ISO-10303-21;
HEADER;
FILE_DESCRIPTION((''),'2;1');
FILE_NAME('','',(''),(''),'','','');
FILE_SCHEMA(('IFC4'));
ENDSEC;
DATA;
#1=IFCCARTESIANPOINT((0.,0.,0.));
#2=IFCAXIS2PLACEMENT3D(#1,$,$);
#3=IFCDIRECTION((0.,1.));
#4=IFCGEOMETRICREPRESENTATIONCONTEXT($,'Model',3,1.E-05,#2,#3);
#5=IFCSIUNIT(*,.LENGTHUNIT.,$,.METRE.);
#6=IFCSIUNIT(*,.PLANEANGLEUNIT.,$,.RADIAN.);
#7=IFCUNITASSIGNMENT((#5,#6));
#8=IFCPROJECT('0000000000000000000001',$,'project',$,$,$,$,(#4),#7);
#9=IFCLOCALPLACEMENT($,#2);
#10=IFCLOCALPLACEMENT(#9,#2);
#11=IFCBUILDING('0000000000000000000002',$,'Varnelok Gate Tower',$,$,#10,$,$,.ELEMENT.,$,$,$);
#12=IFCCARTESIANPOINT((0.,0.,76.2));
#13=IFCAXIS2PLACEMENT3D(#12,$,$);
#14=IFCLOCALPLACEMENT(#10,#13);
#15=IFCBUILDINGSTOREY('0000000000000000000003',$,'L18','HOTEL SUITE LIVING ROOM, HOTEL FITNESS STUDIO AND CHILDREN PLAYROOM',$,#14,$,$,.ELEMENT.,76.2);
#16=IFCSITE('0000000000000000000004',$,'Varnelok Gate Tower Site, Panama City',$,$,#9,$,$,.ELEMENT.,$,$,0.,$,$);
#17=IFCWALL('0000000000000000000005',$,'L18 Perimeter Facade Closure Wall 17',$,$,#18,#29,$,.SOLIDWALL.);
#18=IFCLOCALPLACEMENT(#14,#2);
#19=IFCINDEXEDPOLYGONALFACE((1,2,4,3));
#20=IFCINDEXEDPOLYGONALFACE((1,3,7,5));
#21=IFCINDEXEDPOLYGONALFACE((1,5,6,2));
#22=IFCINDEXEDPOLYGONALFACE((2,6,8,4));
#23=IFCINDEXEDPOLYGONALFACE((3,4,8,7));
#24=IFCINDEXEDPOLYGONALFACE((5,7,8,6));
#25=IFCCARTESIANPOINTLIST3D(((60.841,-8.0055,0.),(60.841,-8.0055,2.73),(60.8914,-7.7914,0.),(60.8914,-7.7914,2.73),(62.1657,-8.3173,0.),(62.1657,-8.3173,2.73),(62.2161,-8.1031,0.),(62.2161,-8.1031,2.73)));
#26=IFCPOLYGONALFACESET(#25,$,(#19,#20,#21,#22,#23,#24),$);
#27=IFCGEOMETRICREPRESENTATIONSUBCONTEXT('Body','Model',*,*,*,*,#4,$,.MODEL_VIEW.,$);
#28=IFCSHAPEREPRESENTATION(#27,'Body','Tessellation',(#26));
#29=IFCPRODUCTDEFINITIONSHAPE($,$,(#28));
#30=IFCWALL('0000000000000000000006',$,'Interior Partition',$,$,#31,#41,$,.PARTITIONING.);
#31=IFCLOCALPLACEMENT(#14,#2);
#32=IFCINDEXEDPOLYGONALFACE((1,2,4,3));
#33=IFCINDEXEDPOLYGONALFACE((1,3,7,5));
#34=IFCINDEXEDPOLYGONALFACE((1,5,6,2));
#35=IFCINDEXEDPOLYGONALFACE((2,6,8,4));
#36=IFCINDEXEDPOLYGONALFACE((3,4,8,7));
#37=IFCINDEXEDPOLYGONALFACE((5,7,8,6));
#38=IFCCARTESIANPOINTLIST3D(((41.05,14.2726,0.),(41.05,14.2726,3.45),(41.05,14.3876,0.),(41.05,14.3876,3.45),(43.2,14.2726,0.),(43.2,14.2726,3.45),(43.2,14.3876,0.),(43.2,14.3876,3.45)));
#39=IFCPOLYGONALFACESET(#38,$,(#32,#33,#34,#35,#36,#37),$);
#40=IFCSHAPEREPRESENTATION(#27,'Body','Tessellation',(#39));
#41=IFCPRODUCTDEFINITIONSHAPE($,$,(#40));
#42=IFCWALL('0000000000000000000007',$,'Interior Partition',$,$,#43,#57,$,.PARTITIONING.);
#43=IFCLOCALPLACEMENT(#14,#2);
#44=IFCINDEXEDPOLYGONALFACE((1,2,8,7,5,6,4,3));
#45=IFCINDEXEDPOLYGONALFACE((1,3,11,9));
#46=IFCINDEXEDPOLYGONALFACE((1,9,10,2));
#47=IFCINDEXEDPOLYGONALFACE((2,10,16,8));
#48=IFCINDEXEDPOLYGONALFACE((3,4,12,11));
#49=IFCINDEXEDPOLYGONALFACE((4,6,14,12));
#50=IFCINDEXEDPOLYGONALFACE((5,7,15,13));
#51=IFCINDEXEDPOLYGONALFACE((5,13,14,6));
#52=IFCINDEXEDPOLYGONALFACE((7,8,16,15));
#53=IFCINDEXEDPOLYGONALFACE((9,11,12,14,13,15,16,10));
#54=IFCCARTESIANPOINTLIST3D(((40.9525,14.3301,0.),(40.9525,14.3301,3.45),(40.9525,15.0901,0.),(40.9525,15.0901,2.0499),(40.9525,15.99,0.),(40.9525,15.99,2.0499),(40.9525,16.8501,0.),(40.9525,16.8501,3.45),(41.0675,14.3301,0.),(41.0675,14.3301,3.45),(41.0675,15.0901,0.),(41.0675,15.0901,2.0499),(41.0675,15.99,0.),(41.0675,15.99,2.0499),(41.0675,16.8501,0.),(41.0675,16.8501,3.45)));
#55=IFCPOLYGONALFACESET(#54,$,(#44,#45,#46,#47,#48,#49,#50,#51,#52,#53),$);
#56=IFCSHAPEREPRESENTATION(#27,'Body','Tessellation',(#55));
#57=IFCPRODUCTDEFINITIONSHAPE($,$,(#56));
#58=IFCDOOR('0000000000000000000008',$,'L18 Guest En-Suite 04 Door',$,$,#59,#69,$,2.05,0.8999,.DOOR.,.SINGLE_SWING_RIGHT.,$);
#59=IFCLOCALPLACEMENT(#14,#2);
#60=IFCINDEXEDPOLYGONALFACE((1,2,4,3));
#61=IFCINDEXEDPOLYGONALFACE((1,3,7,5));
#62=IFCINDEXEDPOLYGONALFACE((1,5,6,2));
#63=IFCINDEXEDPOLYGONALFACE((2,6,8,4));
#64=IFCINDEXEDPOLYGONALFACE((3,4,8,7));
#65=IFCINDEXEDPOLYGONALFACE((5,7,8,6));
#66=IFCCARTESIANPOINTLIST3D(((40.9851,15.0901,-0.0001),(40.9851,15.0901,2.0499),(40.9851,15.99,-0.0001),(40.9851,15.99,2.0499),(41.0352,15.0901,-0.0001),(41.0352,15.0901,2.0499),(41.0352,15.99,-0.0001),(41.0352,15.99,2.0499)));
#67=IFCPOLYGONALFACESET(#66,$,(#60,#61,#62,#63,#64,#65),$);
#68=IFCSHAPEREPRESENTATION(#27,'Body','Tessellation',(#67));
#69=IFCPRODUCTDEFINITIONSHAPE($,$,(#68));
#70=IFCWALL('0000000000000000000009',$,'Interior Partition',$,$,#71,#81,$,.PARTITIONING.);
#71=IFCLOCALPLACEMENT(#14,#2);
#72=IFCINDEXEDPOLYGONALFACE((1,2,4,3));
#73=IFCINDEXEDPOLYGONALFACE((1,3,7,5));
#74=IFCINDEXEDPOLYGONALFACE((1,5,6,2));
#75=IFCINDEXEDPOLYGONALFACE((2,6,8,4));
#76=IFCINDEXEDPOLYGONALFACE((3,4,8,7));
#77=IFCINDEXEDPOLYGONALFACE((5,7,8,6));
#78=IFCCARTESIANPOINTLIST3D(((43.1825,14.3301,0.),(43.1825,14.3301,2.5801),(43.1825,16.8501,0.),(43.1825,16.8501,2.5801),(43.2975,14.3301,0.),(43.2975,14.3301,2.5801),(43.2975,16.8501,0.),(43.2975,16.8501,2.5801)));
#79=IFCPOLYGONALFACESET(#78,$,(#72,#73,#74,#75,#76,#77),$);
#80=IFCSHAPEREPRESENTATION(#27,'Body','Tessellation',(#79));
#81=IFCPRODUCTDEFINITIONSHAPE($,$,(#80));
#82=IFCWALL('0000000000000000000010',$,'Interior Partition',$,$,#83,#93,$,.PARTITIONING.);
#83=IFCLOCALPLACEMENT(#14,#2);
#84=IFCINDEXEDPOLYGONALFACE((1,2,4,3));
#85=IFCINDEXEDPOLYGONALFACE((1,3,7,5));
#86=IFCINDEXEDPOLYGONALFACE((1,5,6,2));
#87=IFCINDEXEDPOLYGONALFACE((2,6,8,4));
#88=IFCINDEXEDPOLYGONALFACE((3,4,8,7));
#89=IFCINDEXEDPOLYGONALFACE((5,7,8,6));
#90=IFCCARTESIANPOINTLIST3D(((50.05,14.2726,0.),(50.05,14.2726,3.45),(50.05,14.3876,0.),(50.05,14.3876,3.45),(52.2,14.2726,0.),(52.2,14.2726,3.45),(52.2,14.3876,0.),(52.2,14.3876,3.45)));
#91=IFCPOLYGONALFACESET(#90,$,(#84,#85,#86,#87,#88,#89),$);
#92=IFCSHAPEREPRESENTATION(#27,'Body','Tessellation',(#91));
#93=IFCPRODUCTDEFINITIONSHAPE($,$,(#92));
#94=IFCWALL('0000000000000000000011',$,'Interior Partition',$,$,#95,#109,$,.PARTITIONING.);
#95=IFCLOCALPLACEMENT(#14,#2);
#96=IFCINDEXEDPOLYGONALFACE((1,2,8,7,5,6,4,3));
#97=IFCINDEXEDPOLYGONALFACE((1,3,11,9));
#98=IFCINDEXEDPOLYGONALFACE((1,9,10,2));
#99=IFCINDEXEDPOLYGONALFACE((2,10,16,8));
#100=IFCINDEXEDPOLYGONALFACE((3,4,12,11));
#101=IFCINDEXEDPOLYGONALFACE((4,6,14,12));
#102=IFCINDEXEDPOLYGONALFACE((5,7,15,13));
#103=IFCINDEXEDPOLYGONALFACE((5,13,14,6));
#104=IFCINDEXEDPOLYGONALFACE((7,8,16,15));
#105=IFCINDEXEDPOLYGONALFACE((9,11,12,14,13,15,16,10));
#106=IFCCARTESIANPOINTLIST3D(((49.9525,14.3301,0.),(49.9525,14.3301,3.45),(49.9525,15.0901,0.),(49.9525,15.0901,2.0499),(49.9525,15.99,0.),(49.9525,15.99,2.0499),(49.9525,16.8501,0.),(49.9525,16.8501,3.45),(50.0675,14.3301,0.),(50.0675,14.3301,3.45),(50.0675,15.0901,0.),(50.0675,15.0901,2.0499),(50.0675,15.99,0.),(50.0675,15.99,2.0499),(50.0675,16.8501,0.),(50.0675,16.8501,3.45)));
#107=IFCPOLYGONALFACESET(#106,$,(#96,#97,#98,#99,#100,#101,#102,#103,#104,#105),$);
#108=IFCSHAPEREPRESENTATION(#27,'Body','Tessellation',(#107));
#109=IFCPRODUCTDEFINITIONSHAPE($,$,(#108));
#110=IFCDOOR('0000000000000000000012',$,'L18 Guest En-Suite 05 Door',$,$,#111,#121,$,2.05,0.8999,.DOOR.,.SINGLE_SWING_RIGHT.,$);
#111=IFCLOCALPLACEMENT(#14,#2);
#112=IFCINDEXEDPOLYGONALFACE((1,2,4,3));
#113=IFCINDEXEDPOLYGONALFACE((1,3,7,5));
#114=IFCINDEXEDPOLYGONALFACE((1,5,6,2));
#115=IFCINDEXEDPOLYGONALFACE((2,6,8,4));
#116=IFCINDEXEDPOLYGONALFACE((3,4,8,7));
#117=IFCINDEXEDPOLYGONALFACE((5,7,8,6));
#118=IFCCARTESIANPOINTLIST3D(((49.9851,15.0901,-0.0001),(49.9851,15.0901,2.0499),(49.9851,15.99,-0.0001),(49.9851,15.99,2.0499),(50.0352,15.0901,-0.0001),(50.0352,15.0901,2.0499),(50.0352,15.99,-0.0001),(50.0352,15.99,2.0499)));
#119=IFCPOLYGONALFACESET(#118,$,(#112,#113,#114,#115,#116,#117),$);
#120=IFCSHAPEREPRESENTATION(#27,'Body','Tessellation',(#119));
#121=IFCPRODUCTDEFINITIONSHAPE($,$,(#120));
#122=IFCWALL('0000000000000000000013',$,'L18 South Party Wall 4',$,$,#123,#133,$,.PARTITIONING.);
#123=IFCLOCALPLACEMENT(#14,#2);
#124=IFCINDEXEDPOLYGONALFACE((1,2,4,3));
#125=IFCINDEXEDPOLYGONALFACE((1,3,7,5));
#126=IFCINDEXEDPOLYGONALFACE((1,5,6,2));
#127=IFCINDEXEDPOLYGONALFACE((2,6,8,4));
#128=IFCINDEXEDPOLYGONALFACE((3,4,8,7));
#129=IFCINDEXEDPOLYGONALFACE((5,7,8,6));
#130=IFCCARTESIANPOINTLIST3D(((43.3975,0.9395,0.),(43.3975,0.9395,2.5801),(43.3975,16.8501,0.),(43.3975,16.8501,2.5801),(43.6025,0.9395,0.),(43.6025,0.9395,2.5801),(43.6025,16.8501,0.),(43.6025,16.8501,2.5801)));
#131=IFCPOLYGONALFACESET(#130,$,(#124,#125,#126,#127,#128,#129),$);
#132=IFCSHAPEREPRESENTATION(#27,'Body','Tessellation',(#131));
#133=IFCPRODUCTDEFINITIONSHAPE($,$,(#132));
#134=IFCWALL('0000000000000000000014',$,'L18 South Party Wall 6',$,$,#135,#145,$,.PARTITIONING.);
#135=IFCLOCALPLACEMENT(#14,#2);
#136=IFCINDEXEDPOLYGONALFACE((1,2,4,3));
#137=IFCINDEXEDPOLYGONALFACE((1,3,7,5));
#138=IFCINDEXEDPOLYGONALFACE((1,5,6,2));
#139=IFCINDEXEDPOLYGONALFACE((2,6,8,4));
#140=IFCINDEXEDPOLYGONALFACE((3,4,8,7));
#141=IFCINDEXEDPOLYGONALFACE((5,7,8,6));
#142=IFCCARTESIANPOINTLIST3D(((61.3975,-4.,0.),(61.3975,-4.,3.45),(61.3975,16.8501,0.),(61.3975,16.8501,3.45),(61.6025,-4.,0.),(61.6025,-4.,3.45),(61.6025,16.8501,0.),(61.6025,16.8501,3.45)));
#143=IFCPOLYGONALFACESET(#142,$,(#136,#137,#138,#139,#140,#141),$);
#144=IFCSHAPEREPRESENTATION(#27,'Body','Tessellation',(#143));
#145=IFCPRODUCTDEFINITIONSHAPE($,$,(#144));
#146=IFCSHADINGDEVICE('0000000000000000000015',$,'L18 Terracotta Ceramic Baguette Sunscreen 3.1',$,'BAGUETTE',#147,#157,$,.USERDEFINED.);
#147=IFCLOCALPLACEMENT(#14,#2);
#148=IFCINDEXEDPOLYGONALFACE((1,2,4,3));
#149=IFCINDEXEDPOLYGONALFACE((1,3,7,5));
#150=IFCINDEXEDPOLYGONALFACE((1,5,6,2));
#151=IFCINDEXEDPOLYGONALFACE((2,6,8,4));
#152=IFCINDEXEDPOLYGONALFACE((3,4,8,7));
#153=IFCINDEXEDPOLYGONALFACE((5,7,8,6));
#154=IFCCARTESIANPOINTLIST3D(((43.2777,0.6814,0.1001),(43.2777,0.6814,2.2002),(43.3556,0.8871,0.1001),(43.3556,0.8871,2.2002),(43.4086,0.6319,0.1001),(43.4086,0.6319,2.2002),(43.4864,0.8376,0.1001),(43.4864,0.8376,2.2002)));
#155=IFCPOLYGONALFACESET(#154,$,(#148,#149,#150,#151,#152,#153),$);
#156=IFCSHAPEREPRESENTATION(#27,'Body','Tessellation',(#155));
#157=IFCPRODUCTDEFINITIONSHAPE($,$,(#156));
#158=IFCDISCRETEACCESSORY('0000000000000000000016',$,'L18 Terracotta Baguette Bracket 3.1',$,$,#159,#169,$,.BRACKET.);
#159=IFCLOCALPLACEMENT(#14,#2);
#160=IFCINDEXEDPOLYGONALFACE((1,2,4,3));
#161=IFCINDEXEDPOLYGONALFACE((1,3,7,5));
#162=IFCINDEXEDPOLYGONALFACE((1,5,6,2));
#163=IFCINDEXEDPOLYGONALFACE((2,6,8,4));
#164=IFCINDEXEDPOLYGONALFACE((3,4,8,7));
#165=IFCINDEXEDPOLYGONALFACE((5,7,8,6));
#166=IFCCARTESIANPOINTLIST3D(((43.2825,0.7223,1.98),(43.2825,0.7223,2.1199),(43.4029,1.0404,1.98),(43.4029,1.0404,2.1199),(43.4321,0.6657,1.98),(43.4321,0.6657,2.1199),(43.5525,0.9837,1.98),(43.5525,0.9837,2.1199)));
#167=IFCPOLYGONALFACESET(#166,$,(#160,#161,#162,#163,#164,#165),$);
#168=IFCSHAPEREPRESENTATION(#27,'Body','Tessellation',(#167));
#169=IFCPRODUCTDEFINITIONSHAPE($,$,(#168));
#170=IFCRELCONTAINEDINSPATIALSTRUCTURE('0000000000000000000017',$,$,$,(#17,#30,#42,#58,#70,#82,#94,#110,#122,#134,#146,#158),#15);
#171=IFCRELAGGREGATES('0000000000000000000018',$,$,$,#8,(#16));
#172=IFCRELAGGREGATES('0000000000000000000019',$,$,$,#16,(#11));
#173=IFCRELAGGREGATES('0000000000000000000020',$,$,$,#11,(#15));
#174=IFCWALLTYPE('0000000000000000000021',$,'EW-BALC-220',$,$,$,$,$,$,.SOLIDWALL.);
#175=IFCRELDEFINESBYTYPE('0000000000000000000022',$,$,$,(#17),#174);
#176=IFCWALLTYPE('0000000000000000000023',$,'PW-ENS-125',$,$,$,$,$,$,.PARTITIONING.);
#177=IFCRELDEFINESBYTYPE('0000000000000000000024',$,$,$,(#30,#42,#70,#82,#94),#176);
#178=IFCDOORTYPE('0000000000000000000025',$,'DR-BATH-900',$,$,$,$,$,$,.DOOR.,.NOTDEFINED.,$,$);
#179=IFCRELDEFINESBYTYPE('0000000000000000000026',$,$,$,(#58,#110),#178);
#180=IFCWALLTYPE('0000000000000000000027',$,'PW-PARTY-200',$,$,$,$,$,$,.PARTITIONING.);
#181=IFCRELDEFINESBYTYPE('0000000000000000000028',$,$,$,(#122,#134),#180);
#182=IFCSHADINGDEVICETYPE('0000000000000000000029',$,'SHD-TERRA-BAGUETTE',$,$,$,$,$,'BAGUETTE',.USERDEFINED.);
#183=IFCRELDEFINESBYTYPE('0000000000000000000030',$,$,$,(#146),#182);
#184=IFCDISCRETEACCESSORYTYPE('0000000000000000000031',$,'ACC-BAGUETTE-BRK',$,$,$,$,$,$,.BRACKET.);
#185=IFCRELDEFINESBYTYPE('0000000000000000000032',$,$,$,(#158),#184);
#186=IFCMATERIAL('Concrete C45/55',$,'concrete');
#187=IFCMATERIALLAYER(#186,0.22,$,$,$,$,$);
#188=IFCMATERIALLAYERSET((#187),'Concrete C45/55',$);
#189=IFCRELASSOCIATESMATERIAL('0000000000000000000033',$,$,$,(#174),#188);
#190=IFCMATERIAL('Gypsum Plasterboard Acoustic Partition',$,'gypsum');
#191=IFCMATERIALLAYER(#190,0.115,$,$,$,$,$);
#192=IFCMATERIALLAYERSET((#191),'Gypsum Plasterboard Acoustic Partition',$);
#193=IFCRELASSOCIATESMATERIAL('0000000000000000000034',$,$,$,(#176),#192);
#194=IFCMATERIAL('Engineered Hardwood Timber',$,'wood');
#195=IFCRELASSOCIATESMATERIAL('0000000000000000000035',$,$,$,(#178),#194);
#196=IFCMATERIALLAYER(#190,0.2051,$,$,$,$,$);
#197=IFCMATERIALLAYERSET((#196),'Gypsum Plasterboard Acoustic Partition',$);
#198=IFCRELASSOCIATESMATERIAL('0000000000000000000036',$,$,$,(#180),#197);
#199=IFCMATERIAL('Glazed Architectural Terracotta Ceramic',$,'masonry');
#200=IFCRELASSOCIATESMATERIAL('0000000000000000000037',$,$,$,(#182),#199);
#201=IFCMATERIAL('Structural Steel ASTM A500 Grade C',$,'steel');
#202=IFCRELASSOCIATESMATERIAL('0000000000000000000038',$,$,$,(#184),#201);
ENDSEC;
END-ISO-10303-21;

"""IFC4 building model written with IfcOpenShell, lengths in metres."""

from ifc_helpers import new_model, si_unit, direction, frame, frame_2d, origin, origin_2d, place, context, subcontext, project, spatial, rectangle, extrude, source, transform, mapped, material, layer, layer_set, type_object, element, fill, save


model = new_model("IFC4")

# Units and contexts
model_context = context("Model", 3, precision=1e-05, world=origin(), true_north=direction((0.0, 1.0)))
body_context = subcontext(model_context, "Body", "Model", "MODEL_VIEW")
ifc_project = project(units=[si_unit("LENGTHUNIT", "METRE"), si_unit("PLANEANGLEUNIT", "RADIAN")], contexts=[model_context])

# Site, building, storey
site_placement = place(None, origin())
site = spatial("IfcSite", under=ifc_project, at=site_placement, Name="Varnelok Gate Tower Site, Panama City", CompositionType="ELEMENT", RefElevation=0.0)
building_placement = place(site_placement, origin())
building = spatial("IfcBuilding", under=site, at=building_placement, Name="Varnelok Gate Tower", CompositionType="ELEMENT")
storey_placement = place(building_placement, frame((0.0, 0.0, 76.2)))
storey = spatial("IfcBuildingStorey", under=building, at=storey_placement, Name="L18", Description="HOTEL SUITE LIVING ROOM, HOTEL FITNESS STUDIO AND CHILDREN PLAYROOM", CompositionType="ELEMENT", Elevation=76.2)

# Shared definitions
ifc_material_1 = material(Name="Concrete C45/55", Category="concrete")
ifc_layer_1 = layer(ifc_material_1, 0.22)
ifc_layer_set_1 = layer_set([ifc_layer_1], Name="Concrete C45/55")
wall_type_1 = type_object("IfcWallType", Name="EW-BALC-220", PredefinedType="SOLIDWALL", material=ifc_layer_set_1)

# Walls
wall_1_placement = place(storey_placement, frame((60.8662, -7.8984, 0.0), z_axis=(0.0, 0.0, 1.0), x_axis=(0.973405, -0.229089, 0.0)))
element("IfcWall", 1, at=wall_1_placement, inside=storey, type_object=wall_type_1, Name="L18 Perimeter Facade Closure Wall 17", PredefinedType="SOLIDWALL", context=body_context, shape_type="SweptSolid", body=[
    extrude(rectangle(XDim=1.3608, YDim=0.22, at=frame_2d((0.6804, 0.0))), origin(), (0.0, 0.0, 1.0), 2.73),
])
ifc_material_2 = material(Name="Gypsum Plasterboard Acoustic Partition", Category="gypsum")
ifc_layer_2 = layer(ifc_material_2, 0.115)
ifc_layer_set_2 = layer_set([ifc_layer_2], Name="Gypsum Plasterboard Acoustic Partition")
wall_type_2 = type_object("IfcWallType", Name="PW-ENS-125", PredefinedType="PARTITIONING", material=ifc_layer_set_2)
wall_2_placement = place(storey_placement, frame((41.05, 14.3301, 0.0), z_axis=(0.0, 0.0, 1.0), x_axis=(1.0, 0.0, 0.0)))
element("IfcWall", 2, at=wall_2_placement, inside=storey, type_object=wall_type_2, Name="Interior Partition", PredefinedType="PARTITIONING", context=body_context, shape_type="SweptSolid", body=[
    extrude(rectangle(XDim=2.1499, YDim=0.115, at=frame_2d((1.075, 0.0))), origin(), (0.0, 0.0, 1.0), 3.45),
])

# Wall, opening, door
wall_3_placement = place(storey_placement, frame((41.01, 14.3301, 0.0), z_axis=(0.0, 0.0, 1.0), x_axis=(0.0, 1.0, 0.0)))
wall_3 = element("IfcWall", 3, at=wall_3_placement, inside=storey, type_object=wall_type_2, Name="Interior Partition", PredefinedType="PARTITIONING", context=body_context, shape_type="SweptSolid", body=[
    extrude(rectangle(XDim=2.52, YDim=0.115, at=frame_2d((1.26, 0.0))), origin(), (0.0, 0.0, 1.0), 3.45),
])
opening_1_placement = place(wall_3_placement, frame((0.76, 0.0, 0.0)))
opening_1 = element("IfcOpeningElement", 4, at=opening_1_placement, cuts=wall_3, PredefinedType="OPENING", context=body_context, shape_type="SweptSolid", body=[
    extrude(rectangle(XDim=0.8999, YDim=2.05, at=frame_2d((0.45, 1.0249))), frame((0.0, 0.0674, 0.0), z_axis=(0.0, -1.0, 0.0), x_axis=(1.0, 0.0, 0.0)), (0.0, 0.0, 1.0), 0.135),
])
ifc_material_3 = material(Name="Engineered Hardwood Timber", Category="wood")
door_type_1 = type_object("IfcDoorType", Name="DR-BATH-900", OperationType="NOTDEFINED", PredefinedType="DOOR", material=ifc_material_3)
door_1_placement = place(opening_1_placement, origin())
door_1 = element("IfcDoor", 5, at=door_1_placement, inside=storey, type_object=door_type_1, Name="L18 Guest En-Suite 04 Door", OperationType="SINGLE_SWING_RIGHT", OverallHeight=2.05, OverallWidth=0.8999, PredefinedType="DOOR", context=body_context, shape_type="SweptSolid", body=[
    extrude(rectangle(XDim=0.8999, YDim=2.05, at=frame_2d((0.45, 1.0249))), frame((0.0, 0.0249, 0.0), z_axis=(0.0, -1.0, 0.0), x_axis=(1.0, 0.0, 0.0)), (0.0, 0.0, 1.0), 0.05),
])
fill(opening_1, door_1)

# Walls
wall_4_placement = place(storey_placement, frame((43.24, 14.3301, 0.0), z_axis=(0.0, 0.0, 1.0), x_axis=(0.0, 1.0, 0.0)))
element("IfcWall", 6, at=wall_4_placement, inside=storey, type_object=wall_type_2, Name="Interior Partition", PredefinedType="PARTITIONING", context=body_context, shape_type="SweptSolid", body=[
    extrude(rectangle(XDim=2.52, YDim=0.115, at=frame_2d((1.26, 0.0))), origin(), (0.0, 0.0, 1.0), 2.5801),
])
wall_5_placement = place(storey_placement, frame((50.05, 14.3301, 0.0), z_axis=(0.0, 0.0, 1.0), x_axis=(1.0, 0.0, 0.0)))
element("IfcWall", 7, at=wall_5_placement, inside=storey, type_object=wall_type_2, Name="Interior Partition", PredefinedType="PARTITIONING", context=body_context, shape_type="SweptSolid", body=[
    extrude(rectangle(XDim=2.1499, YDim=0.115, at=frame_2d((1.075, 0.0))), origin(), (0.0, 0.0, 1.0), 3.45),
])

# Wall, opening, door
wall_6_placement = place(storey_placement, frame((50.01, 14.3301, 0.0), z_axis=(0.0, 0.0, 1.0), x_axis=(0.0, 1.0, 0.0)))
wall_6 = element("IfcWall", 8, at=wall_6_placement, inside=storey, type_object=wall_type_2, Name="Interior Partition", PredefinedType="PARTITIONING", context=body_context, shape_type="SweptSolid", body=[
    extrude(rectangle(XDim=2.52, YDim=0.115, at=frame_2d((1.26, 0.0))), origin(), (0.0, 0.0, 1.0), 3.45),
])
opening_2_placement = place(wall_6_placement, frame((0.76, 0.0, 0.0)))
opening_2 = element("IfcOpeningElement", 9, at=opening_2_placement, cuts=wall_6, PredefinedType="OPENING", context=body_context, shape_type="SweptSolid", body=[
    extrude(rectangle(XDim=0.8999, YDim=2.05, at=frame_2d((0.45, 1.0249))), frame((0.0, 0.0674, 0.0), z_axis=(0.0, -1.0, 0.0), x_axis=(1.0, 0.0, 0.0)), (0.0, 0.0, 1.0), 0.135),
])
door_2_placement = place(opening_2_placement, origin())
door_2 = element("IfcDoor", 10, at=door_2_placement, inside=storey, type_object=door_type_1, Name="L18 Guest En-Suite 05 Door", OperationType="SINGLE_SWING_RIGHT", OverallHeight=2.05, OverallWidth=0.8999, PredefinedType="DOOR", context=body_context, shape_type="SweptSolid", body=[
    extrude(rectangle(XDim=0.8999, YDim=2.05, at=frame_2d((0.45, 1.0249))), frame((0.0, 0.0249, 0.0), z_axis=(0.0, -1.0, 0.0), x_axis=(1.0, 0.0, 0.0)), (0.0, 0.0, 1.0), 0.05),
])
fill(opening_2, door_2)

# Walls
ifc_layer_3 = layer(ifc_material_2, 0.2051)
ifc_layer_set_3 = layer_set([ifc_layer_3], Name="Gypsum Plasterboard Acoustic Partition")
wall_type_3 = type_object("IfcWallType", Name="PW-PARTY-200", PredefinedType="PARTITIONING", material=ifc_layer_set_3)
wall_7_placement = place(storey_placement, frame((43.5, 0.9395, 0.0), z_axis=(0.0, 0.0, 1.0), x_axis=(0.0, 1.0, 0.0)))
element("IfcWall", 11, at=wall_7_placement, inside=storey, type_object=wall_type_3, Name="L18 South Party Wall 4", PredefinedType="PARTITIONING", context=body_context, shape_type="SweptSolid", body=[
    extrude(rectangle(XDim=15.9106, YDim=0.2051, at=frame_2d((7.9553, 0.0))), origin(), (0.0, 0.0, 1.0), 2.5801),
])
wall_8_placement = place(storey_placement, frame((61.5, -4.0, 0.0), z_axis=(0.0, 0.0, 1.0), x_axis=(0.0, 1.0, 0.0)))
element("IfcWall", 12, at=wall_8_placement, inside=storey, type_object=wall_type_3, Name="L18 South Party Wall 6", PredefinedType="PARTITIONING", context=body_context, shape_type="SweptSolid", body=[
    extrude(rectangle(XDim=20.8501, YDim=0.2051, at=frame_2d((10.425, 0.0))), origin(), (0.0, 0.0, 1.0), 3.45),
])

# Shading device
ifc_material_4 = material(Name="Glazed Architectural Terracotta Ceramic", Category="masonry")
shading_device_type = type_object("IfcShadingDeviceType", Name="SHD-TERRA-BAGUETTE", ElementType="BAGUETTE", PredefinedType="USERDEFINED", material=ifc_material_4)
shared_shape_1 = source(origin(), body_context, "Body", "SweptSolid", [
    extrude(rectangle(XDim=0.1399, YDim=0.22, at=origin_2d()), origin(), (0.0, 0.0, 1.0), 2.1001),
])
shading_device_placement = place(storey_placement, frame((43.3821, 0.7595, 0.1001), z_axis=(0.0, 0.0, 1.0), x_axis=(0.935222, -0.354063, 0.0)))
element("IfcShadingDevice", 13, at=shading_device_placement, inside=storey, type_object=shading_device_type, Name="L18 Terracotta Ceramic Baguette Sunscreen 3.1", ObjectType="BAGUETTE", PredefinedType="USERDEFINED", context=body_context, shape_type="MappedRepresentation", body=[
    mapped(shared_shape_1, transform((0.0, 0.0, 0.0), scale=1.0)),
])

# Discrete accessory
ifc_material_5 = material(Name="Structural Steel ASTM A500 Grade C", Category="steel")
discrete_accessory_type = type_object("IfcDiscreteAccessoryType", Name="ACC-BAGUETTE-BRK", PredefinedType="BRACKET", material=ifc_material_5)
shared_shape_2 = source(origin(), body_context, "Body", "SweptSolid", [
    extrude(rectangle(XDim=0.1599, YDim=0.3401, at=origin_2d()), origin(), (0.0, 0.0, 1.0), 0.1399),
])
discrete_accessory_placement = place(storey_placement, frame((43.4175, 0.853, 1.98), z_axis=(0.0, 0.0, 1.0), x_axis=(0.935222, -0.354063, 0.0)))
element("IfcDiscreteAccessory", 14, at=discrete_accessory_placement, inside=storey, type_object=discrete_accessory_type, Name="L18 Terracotta Baguette Bracket 3.1", PredefinedType="BRACKET", context=body_context, shape_type="MappedRepresentation", body=[
    mapped(shared_shape_2, transform((0.0, 0.0, 0.0), scale=1.0)),
])

save(model, "model.ifc")
